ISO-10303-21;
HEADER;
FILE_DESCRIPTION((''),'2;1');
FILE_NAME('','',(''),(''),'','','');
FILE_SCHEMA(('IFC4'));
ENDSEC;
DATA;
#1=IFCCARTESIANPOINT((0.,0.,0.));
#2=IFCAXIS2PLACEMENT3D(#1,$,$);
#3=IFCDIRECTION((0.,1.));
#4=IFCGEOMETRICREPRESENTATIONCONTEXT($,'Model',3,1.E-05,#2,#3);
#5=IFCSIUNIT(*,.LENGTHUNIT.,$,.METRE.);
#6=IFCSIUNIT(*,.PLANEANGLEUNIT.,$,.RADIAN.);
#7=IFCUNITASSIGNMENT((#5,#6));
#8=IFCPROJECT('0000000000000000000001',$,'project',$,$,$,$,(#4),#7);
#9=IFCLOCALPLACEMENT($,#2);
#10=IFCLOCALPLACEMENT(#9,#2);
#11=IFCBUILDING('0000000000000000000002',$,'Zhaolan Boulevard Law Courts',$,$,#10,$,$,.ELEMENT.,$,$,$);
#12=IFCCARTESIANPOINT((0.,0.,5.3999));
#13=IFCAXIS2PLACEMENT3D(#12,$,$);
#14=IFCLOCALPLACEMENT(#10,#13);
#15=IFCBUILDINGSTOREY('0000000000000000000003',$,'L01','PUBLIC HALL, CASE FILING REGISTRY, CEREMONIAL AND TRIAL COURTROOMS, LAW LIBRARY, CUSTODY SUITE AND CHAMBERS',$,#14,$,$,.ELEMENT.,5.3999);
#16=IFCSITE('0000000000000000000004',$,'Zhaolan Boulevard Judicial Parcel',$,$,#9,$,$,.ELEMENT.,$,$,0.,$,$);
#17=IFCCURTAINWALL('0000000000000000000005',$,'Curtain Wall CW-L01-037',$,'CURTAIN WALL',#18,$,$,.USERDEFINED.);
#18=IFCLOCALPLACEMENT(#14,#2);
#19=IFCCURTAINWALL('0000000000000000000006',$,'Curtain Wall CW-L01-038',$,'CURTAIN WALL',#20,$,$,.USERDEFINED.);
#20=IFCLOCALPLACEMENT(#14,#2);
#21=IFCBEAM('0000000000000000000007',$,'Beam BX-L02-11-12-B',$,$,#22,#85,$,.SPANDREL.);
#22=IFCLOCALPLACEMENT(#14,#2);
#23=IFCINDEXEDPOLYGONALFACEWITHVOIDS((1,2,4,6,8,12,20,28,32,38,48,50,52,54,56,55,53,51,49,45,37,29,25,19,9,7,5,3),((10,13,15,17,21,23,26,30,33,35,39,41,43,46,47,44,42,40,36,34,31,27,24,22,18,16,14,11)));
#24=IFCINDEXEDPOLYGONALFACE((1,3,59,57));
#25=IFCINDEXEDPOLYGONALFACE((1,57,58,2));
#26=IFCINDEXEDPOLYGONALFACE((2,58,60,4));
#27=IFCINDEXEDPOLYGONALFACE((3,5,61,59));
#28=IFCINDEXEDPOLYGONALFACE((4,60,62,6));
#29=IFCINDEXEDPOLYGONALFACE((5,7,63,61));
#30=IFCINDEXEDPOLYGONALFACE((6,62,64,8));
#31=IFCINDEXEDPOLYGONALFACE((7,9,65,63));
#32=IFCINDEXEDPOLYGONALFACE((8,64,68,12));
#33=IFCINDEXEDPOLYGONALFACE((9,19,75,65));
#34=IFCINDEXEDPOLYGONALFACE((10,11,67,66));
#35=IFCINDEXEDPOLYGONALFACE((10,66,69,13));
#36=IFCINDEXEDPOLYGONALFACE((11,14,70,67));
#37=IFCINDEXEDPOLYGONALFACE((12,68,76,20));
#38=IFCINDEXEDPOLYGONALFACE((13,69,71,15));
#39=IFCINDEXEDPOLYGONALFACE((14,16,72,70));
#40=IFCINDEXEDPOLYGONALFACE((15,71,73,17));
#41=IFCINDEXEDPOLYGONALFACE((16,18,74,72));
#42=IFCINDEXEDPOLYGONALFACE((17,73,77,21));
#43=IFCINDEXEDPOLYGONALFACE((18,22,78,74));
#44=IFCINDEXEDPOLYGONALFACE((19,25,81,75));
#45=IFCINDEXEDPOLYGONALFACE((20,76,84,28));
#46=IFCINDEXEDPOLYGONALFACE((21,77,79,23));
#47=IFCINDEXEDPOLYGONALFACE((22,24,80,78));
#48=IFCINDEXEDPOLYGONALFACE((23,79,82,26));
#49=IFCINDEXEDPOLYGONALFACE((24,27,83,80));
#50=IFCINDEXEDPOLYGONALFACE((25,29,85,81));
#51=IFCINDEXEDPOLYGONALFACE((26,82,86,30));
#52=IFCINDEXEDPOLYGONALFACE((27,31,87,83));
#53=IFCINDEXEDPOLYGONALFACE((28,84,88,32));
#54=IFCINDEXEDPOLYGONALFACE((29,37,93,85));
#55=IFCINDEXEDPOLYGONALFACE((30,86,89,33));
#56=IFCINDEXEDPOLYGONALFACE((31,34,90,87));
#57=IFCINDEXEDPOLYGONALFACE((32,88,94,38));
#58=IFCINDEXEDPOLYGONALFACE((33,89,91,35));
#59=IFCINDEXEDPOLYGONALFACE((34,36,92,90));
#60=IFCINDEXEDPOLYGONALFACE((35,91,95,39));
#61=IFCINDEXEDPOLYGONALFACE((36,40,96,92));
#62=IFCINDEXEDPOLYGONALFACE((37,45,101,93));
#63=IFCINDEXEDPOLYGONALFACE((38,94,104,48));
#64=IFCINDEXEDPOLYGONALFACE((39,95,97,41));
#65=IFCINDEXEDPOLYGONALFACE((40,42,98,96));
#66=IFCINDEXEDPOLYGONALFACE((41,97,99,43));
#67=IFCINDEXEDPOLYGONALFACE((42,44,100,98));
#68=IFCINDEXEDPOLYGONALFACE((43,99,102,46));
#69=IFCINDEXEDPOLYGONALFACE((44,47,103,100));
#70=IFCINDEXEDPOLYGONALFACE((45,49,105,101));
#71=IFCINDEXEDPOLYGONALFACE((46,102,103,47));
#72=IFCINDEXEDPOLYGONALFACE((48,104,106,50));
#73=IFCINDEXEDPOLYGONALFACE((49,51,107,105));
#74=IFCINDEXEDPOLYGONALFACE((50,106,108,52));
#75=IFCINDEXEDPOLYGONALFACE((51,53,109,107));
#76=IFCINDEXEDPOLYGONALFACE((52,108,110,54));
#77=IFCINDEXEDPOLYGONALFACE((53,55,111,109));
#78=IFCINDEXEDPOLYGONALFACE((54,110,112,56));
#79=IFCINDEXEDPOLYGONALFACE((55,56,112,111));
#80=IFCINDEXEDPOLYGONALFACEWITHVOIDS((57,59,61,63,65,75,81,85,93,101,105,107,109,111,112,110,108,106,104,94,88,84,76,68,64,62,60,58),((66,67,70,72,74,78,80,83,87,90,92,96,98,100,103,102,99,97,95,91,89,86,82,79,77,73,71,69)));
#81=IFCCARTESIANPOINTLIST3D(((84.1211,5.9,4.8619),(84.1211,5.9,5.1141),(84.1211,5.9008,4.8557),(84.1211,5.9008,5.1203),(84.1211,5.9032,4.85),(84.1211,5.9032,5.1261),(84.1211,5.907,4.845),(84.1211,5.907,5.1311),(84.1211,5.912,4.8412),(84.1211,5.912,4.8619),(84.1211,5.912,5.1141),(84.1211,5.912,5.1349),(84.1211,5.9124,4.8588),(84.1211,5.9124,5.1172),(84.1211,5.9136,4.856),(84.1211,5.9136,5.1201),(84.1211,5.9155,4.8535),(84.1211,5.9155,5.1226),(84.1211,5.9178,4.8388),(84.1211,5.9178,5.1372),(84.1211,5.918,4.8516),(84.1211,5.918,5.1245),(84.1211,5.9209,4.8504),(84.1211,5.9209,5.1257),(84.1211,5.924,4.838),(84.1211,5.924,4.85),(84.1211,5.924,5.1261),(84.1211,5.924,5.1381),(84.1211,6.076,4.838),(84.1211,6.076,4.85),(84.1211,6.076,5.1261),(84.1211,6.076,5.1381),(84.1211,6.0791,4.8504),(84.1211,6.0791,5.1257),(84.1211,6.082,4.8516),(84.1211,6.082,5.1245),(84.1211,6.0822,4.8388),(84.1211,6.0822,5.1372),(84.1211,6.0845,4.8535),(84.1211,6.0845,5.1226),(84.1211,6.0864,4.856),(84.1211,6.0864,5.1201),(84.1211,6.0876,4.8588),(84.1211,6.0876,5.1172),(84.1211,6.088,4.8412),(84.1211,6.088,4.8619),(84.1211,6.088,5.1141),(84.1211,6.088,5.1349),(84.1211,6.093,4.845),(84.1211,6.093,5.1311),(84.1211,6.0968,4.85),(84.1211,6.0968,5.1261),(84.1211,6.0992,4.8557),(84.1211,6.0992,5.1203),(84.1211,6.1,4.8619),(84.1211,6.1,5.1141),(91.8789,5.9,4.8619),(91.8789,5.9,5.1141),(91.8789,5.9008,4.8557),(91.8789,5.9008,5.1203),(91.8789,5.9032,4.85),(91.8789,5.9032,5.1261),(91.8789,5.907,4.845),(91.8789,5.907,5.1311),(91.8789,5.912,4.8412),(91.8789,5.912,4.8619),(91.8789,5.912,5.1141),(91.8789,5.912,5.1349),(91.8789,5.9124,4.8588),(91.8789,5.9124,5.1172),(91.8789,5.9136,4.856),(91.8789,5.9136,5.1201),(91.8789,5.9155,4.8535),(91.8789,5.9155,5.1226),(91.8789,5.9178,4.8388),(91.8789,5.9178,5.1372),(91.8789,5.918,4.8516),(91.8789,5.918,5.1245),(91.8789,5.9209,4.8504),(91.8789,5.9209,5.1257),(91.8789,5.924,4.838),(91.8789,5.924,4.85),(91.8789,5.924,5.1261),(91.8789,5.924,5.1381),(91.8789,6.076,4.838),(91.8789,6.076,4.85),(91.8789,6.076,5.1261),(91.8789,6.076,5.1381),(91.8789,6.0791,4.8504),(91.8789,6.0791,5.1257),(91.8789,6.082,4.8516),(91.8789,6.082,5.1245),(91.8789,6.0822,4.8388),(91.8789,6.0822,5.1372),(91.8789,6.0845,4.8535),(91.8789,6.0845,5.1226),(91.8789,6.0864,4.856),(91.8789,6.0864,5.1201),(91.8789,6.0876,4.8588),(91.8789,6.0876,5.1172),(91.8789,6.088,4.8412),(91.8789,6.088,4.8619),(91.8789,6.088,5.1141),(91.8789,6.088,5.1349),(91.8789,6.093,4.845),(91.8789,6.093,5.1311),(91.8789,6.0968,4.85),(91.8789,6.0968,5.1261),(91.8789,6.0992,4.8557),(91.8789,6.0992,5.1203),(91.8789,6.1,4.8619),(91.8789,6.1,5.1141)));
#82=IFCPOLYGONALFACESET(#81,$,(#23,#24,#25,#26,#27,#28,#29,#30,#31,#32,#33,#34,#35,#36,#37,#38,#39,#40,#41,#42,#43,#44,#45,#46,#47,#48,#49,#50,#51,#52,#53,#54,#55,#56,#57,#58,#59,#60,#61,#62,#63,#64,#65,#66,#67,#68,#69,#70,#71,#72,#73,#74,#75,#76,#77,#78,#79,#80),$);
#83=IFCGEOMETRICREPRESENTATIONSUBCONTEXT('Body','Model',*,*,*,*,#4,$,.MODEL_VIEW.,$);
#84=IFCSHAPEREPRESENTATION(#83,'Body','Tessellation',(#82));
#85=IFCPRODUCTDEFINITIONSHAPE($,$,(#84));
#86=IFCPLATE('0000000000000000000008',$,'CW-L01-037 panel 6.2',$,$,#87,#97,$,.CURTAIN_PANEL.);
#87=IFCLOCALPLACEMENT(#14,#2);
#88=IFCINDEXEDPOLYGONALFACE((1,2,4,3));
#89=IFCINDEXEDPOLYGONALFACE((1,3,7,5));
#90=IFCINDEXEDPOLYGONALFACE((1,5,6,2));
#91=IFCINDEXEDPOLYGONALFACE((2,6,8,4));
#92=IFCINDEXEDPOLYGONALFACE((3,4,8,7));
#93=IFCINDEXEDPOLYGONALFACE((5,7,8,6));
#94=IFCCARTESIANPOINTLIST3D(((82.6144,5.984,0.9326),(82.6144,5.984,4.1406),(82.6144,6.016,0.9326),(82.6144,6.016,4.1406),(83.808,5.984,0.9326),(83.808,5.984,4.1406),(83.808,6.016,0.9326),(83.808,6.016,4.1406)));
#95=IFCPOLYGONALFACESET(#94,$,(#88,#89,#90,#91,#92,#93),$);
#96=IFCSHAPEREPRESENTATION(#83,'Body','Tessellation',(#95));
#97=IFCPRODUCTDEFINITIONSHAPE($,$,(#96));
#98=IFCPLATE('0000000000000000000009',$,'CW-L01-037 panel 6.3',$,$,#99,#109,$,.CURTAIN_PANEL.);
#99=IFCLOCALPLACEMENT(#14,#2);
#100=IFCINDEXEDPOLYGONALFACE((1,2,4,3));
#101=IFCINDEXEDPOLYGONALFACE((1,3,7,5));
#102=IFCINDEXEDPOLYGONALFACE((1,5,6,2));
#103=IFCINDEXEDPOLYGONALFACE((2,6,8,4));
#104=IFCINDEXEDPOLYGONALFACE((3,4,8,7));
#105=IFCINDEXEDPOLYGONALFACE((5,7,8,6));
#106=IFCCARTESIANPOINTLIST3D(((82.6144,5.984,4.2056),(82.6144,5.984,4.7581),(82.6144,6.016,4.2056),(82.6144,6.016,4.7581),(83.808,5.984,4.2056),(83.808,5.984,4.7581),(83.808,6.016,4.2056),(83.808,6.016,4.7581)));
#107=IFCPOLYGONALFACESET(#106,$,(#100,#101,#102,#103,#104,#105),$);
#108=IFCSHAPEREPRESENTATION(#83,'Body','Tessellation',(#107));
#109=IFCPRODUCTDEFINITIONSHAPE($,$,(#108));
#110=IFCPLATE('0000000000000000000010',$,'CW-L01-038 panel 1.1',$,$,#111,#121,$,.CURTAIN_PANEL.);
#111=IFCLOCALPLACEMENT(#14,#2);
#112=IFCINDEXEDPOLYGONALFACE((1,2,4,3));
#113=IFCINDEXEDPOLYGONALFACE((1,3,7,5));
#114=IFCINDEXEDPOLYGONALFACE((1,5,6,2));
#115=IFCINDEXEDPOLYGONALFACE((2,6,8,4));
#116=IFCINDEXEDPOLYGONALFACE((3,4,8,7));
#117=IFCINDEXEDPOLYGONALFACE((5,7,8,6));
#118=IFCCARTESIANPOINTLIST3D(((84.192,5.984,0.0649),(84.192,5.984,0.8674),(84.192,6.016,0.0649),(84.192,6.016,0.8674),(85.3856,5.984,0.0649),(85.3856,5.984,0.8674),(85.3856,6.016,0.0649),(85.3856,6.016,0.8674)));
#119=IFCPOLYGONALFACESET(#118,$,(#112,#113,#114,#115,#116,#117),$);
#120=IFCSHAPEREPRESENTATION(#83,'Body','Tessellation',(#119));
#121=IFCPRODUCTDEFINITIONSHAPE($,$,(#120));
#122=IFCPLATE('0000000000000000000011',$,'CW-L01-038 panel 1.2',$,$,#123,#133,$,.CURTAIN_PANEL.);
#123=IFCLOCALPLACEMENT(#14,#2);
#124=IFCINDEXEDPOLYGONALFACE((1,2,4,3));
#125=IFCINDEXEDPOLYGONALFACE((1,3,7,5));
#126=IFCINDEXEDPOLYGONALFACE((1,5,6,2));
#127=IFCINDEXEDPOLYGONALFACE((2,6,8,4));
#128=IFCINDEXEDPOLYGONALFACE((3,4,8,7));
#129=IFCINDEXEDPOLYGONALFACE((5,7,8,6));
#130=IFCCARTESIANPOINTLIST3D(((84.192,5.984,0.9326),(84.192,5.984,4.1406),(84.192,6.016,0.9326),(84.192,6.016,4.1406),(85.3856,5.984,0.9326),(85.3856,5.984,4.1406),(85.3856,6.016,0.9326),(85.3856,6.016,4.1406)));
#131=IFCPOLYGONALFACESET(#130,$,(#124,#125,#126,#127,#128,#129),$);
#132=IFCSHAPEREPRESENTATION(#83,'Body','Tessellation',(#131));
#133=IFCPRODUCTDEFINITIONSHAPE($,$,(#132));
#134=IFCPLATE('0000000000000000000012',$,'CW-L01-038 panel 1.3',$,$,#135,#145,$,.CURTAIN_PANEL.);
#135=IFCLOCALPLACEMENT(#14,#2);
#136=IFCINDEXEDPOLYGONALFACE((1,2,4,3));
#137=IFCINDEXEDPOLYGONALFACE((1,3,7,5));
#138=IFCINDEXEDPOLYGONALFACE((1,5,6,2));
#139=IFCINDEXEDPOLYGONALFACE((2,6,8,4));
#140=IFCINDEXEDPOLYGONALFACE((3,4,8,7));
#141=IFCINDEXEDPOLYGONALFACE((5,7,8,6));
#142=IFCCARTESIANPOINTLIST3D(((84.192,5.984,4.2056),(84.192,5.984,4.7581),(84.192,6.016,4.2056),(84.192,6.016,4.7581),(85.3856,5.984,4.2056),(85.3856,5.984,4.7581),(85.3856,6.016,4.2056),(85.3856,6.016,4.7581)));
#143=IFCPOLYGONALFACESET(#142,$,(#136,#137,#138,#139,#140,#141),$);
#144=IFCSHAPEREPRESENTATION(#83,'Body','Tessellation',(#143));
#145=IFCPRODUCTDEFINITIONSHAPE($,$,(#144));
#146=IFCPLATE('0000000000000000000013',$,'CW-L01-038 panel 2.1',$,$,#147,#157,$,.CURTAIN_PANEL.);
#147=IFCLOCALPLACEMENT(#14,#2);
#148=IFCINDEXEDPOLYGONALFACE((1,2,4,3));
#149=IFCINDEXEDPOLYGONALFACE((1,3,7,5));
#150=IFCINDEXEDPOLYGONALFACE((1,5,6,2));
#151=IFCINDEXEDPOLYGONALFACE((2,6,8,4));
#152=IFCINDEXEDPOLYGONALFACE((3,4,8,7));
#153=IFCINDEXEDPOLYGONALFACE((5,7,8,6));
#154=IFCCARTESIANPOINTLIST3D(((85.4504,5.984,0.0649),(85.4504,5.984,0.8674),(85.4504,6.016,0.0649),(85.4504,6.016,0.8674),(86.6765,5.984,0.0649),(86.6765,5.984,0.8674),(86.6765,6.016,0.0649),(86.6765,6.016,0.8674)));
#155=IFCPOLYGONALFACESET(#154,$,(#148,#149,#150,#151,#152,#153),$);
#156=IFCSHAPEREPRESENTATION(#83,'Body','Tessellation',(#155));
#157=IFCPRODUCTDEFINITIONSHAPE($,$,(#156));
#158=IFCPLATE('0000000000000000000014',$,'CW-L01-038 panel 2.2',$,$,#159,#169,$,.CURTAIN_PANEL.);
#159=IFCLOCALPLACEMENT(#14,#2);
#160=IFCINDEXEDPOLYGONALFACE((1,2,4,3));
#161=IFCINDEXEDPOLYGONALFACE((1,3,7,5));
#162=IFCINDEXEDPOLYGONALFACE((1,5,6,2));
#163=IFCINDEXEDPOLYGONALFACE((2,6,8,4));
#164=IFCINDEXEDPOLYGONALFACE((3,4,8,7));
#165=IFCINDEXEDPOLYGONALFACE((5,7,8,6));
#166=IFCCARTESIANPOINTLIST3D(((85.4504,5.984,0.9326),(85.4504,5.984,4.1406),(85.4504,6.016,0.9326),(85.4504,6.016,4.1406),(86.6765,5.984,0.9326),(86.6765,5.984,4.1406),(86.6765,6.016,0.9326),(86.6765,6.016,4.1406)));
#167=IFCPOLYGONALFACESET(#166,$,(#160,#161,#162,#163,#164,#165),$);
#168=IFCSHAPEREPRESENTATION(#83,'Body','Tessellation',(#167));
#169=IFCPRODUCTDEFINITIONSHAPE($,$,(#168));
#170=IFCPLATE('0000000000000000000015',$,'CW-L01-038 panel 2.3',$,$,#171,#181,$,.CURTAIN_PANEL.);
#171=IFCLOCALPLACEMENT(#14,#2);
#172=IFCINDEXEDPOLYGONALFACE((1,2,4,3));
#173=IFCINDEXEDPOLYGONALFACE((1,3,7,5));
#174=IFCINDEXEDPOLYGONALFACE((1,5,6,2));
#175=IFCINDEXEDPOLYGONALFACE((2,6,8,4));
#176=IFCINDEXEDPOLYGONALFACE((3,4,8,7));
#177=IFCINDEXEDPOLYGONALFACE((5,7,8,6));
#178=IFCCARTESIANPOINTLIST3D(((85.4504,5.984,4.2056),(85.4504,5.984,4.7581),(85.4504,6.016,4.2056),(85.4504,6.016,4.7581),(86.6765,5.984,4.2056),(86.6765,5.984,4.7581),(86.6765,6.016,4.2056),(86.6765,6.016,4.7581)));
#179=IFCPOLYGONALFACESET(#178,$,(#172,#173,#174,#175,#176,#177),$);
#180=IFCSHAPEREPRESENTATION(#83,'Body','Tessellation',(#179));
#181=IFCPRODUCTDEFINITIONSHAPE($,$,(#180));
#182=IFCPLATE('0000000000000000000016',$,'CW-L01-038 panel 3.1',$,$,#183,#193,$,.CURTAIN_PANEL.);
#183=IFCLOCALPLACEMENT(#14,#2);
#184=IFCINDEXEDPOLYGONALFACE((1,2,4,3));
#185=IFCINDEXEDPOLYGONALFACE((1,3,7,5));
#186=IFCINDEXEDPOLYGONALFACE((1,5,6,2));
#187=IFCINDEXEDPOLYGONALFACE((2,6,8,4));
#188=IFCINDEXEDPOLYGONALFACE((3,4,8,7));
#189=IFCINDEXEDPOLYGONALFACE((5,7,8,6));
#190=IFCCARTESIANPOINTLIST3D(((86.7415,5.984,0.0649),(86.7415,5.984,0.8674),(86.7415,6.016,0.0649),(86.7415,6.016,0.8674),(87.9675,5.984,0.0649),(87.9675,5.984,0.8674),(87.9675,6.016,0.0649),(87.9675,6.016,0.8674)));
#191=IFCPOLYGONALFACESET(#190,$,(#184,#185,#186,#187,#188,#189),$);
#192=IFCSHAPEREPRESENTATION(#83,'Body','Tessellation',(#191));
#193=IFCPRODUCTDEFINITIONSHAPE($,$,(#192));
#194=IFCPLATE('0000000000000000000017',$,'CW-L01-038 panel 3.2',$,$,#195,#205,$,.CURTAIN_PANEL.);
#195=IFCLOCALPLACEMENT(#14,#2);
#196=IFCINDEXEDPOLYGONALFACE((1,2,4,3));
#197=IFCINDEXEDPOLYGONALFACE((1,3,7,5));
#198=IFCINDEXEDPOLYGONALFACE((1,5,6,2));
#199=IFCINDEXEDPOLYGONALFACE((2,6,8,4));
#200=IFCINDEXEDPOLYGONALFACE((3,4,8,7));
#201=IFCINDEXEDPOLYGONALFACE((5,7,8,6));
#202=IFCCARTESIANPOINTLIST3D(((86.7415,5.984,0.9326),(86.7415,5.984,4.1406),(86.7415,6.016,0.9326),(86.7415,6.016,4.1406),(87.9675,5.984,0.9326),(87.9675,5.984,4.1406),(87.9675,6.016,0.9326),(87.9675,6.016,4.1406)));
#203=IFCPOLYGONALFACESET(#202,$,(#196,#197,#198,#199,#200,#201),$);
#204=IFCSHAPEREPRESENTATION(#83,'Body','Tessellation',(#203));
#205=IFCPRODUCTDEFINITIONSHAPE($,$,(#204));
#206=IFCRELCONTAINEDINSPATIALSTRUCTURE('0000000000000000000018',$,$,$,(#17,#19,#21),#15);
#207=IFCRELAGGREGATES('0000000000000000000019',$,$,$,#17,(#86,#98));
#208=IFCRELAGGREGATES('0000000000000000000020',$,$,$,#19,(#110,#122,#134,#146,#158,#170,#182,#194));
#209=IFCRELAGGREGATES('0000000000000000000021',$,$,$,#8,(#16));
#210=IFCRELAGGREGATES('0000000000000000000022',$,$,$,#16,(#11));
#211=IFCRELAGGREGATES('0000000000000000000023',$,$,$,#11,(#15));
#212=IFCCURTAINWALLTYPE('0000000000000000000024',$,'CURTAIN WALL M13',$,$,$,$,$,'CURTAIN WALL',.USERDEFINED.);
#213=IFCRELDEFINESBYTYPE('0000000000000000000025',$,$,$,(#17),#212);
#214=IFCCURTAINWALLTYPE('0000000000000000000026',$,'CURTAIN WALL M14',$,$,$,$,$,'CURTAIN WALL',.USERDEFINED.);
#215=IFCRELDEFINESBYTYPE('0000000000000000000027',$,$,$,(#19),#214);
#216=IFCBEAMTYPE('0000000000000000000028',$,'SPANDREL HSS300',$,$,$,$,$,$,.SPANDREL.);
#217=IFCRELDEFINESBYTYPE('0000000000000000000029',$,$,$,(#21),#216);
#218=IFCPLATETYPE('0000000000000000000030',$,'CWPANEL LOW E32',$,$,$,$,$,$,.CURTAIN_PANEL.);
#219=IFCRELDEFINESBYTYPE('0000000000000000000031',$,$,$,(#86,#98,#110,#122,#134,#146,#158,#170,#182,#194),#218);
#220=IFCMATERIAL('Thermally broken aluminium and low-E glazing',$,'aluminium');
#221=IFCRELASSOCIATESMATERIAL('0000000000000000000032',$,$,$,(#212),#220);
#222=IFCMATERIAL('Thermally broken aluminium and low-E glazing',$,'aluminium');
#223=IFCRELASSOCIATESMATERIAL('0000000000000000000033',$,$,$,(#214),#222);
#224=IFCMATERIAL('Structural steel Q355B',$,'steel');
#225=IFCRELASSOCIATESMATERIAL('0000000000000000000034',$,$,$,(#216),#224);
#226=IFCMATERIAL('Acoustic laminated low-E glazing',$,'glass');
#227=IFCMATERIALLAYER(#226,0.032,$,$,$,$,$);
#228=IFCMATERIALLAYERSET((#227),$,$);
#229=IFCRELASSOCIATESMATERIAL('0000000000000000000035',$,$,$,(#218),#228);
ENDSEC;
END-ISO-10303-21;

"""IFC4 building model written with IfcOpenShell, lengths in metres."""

from ifc_helpers import new_model, si_unit, direction, frame, origin, origin_2d, place, context, subcontext, project, spatial, rectangle, hollow_rectangle, extrude, material, layer, layer_set, material_profile, profile_set, type_object, element, aggregate, save


model = new_model("IFC4")

# Units and contexts
model_context = context("Model", 3, precision=1e-05, world=origin(), true_north=direction((0.0, 1.0)))
body_context = subcontext(model_context, "Body", "Model", "MODEL_VIEW")
ifc_project = project(units=[si_unit("LENGTHUNIT", "METRE"), si_unit("PLANEANGLEUNIT", "RADIAN")], contexts=[model_context])

# Site, building, storey
site_placement = place(None, origin())
site = spatial("IfcSite", under=ifc_project, at=site_placement, Name="Zhaolan Boulevard Judicial Parcel", CompositionType="ELEMENT", RefElevation=0.0)
building_placement = place(site_placement, origin())
building = spatial("IfcBuilding", under=site, at=building_placement, Name="Zhaolan Boulevard Law Courts", CompositionType="ELEMENT")
storey_placement = place(building_placement, frame((0.0, 0.0, 5.3999)))
storey = spatial("IfcBuildingStorey", under=building, at=storey_placement, Name="L01", Description="PUBLIC HALL, CASE FILING REGISTRY, CEREMONIAL AND TRIAL COURTROOMS, LAW LIBRARY, CUSTODY SUITE AND CHAMBERS", CompositionType="ELEMENT", Elevation=5.3999)

# Curtain wall
ifc_material_1 = material(Name="Thermally broken aluminium and low-E glazing", Category="aluminium")
curtain_wall_type_1 = type_object("IfcCurtainWallType", Name="CURTAIN WALL M13", ElementType="CURTAIN WALL", PredefinedType="USERDEFINED", material=ifc_material_1)
curtain_wall_1_placement = place(storey_placement, origin())
curtain_wall_1 = element("IfcCurtainWall", 1, at=curtain_wall_1_placement, inside=storey, type_object=curtain_wall_type_1, Name="Curtain Wall CW-L01-037", ObjectType="CURTAIN WALL", PredefinedType="USERDEFINED")

# Curtain wall
ifc_material_2 = material(Name="Thermally broken aluminium and low-E glazing", Category="aluminium")
curtain_wall_type_2 = type_object("IfcCurtainWallType", Name="CURTAIN WALL M14", ElementType="CURTAIN WALL", PredefinedType="USERDEFINED", material=ifc_material_2)
curtain_wall_2_placement = place(storey_placement, origin())
curtain_wall_2 = element("IfcCurtainWall", 2, at=curtain_wall_2_placement, inside=storey, type_object=curtain_wall_type_2, Name="Curtain Wall CW-L01-038", ObjectType="CURTAIN WALL", PredefinedType="USERDEFINED")

# Beam
ifc_material_3 = material(Name="Structural steel Q355B", Category="steel")
ifc_material_profile_1 = material_profile(ifc_material_3, hollow_rectangle(XDim=0.2, YDim=0.3, WallThickness=0.012, InnerFilletRadius=0.012, OuterFilletRadius=0.0239, at=origin_2d()), Name="HSS300x200x12")
ifc_profile_set_1 = profile_set([ifc_material_profile_1], Name="Structural steel Q355B")
beam_type = type_object("IfcBeamType", Name="SPANDREL HSS300", PredefinedType="SPANDREL", material=ifc_profile_set_1)
beam_placement = place(storey_placement, frame((84.1211, 6.0, 4.988), z_axis=(1.0, 0.0, 0.0), x_axis=(0.0, 1.0, 0.0)))
element("IfcBeam", 3, at=beam_placement, inside=storey, type_object=beam_type, Name="Beam BX-L02-11-12-B", PredefinedType="SPANDREL", context=body_context, shape_type="SweptSolid", body=[
    extrude(hollow_rectangle(XDim=0.2, YDim=0.3, WallThickness=0.012, InnerFilletRadius=0.012, OuterFilletRadius=0.0239, at=origin_2d()), origin(), (0.0, 0.0, 1.0), 7.7578),
])

# Plates
ifc_material_4 = material(Name="Acoustic laminated low-E glazing", Category="glass")
ifc_layer_1 = layer(ifc_material_4, 0.032)
ifc_layer_set_1 = layer_set([ifc_layer_1])
plate_type_1 = type_object("IfcPlateType", Name="CWPANEL LOW E32", PredefinedType="CURTAIN_PANEL", material=ifc_layer_set_1)
plate_1_placement = place(storey_placement, frame((83.2112, 6.0, 0.9326), z_axis=(0.0, 0.0, 1.0), x_axis=(1.0, 0.0, 0.0)))
plate_1 = element("IfcPlate", 4, at=plate_1_placement, type_object=plate_type_1, Name="CW-L01-037 panel 6.2", PredefinedType="CURTAIN_PANEL", context=body_context, shape_type="SweptSolid", body=[
    extrude(rectangle(XDim=1.1936, YDim=0.032, at=origin_2d()), origin(), (0.0, 0.0, 1.0), 3.208),
])
plate_2_placement = place(storey_placement, frame((83.2112, 6.0, 4.2056), z_axis=(0.0, 0.0, 1.0), x_axis=(1.0, 0.0, 0.0)))
plate_2 = element("IfcPlate", 5, at=plate_2_placement, type_object=plate_type_1, Name="CW-L01-037 panel 6.3", PredefinedType="CURTAIN_PANEL", context=body_context, shape_type="SweptSolid", body=[
    extrude(rectangle(XDim=1.1936, YDim=0.032, at=origin_2d()), origin(), (0.0, 0.0, 1.0), 0.5525),
])
aggregate(curtain_wall_1, [plate_1, plate_2])
plate_3_placement = place(storey_placement, frame((84.7888, 6.0, 0.0649), z_axis=(0.0, 0.0, 1.0), x_axis=(1.0, 0.0, 0.0)))
plate_3 = element("IfcPlate", 6, at=plate_3_placement, type_object=plate_type_1, Name="CW-L01-038 panel 1.1", PredefinedType="CURTAIN_PANEL", context=body_context, shape_type="SweptSolid", body=[
    extrude(rectangle(XDim=1.1936, YDim=0.032, at=origin_2d()), origin(), (0.0, 0.0, 1.0), 0.8025),
])
plate_4_placement = place(storey_placement, frame((84.7888, 6.0, 0.9326), z_axis=(0.0, 0.0, 1.0), x_axis=(1.0, 0.0, 0.0)))
plate_4 = element("IfcPlate", 7, at=plate_4_placement, type_object=plate_type_1, Name="CW-L01-038 panel 1.2", PredefinedType="CURTAIN_PANEL", context=body_context, shape_type="SweptSolid", body=[
    extrude(rectangle(XDim=1.1936, YDim=0.032, at=origin_2d()), origin(), (0.0, 0.0, 1.0), 3.208),
])
plate_5_placement = place(storey_placement, frame((84.7888, 6.0, 4.2056), z_axis=(0.0, 0.0, 1.0), x_axis=(1.0, 0.0, 0.0)))
plate_5 = element("IfcPlate", 8, at=plate_5_placement, type_object=plate_type_1, Name="CW-L01-038 panel 1.3", PredefinedType="CURTAIN_PANEL", context=body_context, shape_type="SweptSolid", body=[
    extrude(rectangle(XDim=1.1936, YDim=0.032, at=origin_2d()), origin(), (0.0, 0.0, 1.0), 0.5525),
])
plate_6_placement = place(storey_placement, frame((86.0635, 6.0, 0.0649), z_axis=(0.0, 0.0, 1.0), x_axis=(1.0, 0.0, 0.0)))
plate_6 = element("IfcPlate", 9, at=plate_6_placement, type_object=plate_type_1, Name="CW-L01-038 panel 2.1", PredefinedType="CURTAIN_PANEL", context=body_context, shape_type="SweptSolid", body=[
    extrude(rectangle(XDim=1.2261, YDim=0.032, at=origin_2d()), origin(), (0.0, 0.0, 1.0), 0.8025),
])
plate_7_placement = place(storey_placement, frame((86.0635, 6.0, 0.9326), z_axis=(0.0, 0.0, 1.0), x_axis=(1.0, 0.0, 0.0)))
plate_7 = element("IfcPlate", 10, at=plate_7_placement, type_object=plate_type_1, Name="CW-L01-038 panel 2.2", PredefinedType="CURTAIN_PANEL", context=body_context, shape_type="SweptSolid", body=[
    extrude(rectangle(XDim=1.2261, YDim=0.032, at=origin_2d()), origin(), (0.0, 0.0, 1.0), 3.208),
])
plate_8_placement = place(storey_placement, frame((86.0635, 6.0, 4.2056), z_axis=(0.0, 0.0, 1.0), x_axis=(1.0, 0.0, 0.0)))
plate_8 = element("IfcPlate", 11, at=plate_8_placement, type_object=plate_type_1, Name="CW-L01-038 panel 2.3", PredefinedType="CURTAIN_PANEL", context=body_context, shape_type="SweptSolid", body=[
    extrude(rectangle(XDim=1.2261, YDim=0.032, at=origin_2d()), origin(), (0.0, 0.0, 1.0), 0.5525),
])
plate_9_placement = place(storey_placement, frame((87.3545, 6.0, 0.0649), z_axis=(0.0, 0.0, 1.0), x_axis=(1.0, 0.0, 0.0)))
plate_9 = element("IfcPlate", 12, at=plate_9_placement, type_object=plate_type_1, Name="CW-L01-038 panel 3.1", PredefinedType="CURTAIN_PANEL", context=body_context, shape_type="SweptSolid", body=[
    extrude(rectangle(XDim=1.2261, YDim=0.032, at=origin_2d()), origin(), (0.0, 0.0, 1.0), 0.8025),
])
plate_10_placement = place(storey_placement, frame((87.3545, 6.0, 0.9326), z_axis=(0.0, 0.0, 1.0), x_axis=(1.0, 0.0, 0.0)))
plate_10 = element("IfcPlate", 13, at=plate_10_placement, type_object=plate_type_1, Name="CW-L01-038 panel 3.2", PredefinedType="CURTAIN_PANEL", context=body_context, shape_type="SweptSolid", body=[
    extrude(rectangle(XDim=1.2261, YDim=0.032, at=origin_2d()), origin(), (0.0, 0.0, 1.0), 3.208),
])
aggregate(curtain_wall_2, [plate_3, plate_4, plate_5, plate_6, plate_7, plate_8, plate_9, plate_10])

save(model, "model.ifc")
